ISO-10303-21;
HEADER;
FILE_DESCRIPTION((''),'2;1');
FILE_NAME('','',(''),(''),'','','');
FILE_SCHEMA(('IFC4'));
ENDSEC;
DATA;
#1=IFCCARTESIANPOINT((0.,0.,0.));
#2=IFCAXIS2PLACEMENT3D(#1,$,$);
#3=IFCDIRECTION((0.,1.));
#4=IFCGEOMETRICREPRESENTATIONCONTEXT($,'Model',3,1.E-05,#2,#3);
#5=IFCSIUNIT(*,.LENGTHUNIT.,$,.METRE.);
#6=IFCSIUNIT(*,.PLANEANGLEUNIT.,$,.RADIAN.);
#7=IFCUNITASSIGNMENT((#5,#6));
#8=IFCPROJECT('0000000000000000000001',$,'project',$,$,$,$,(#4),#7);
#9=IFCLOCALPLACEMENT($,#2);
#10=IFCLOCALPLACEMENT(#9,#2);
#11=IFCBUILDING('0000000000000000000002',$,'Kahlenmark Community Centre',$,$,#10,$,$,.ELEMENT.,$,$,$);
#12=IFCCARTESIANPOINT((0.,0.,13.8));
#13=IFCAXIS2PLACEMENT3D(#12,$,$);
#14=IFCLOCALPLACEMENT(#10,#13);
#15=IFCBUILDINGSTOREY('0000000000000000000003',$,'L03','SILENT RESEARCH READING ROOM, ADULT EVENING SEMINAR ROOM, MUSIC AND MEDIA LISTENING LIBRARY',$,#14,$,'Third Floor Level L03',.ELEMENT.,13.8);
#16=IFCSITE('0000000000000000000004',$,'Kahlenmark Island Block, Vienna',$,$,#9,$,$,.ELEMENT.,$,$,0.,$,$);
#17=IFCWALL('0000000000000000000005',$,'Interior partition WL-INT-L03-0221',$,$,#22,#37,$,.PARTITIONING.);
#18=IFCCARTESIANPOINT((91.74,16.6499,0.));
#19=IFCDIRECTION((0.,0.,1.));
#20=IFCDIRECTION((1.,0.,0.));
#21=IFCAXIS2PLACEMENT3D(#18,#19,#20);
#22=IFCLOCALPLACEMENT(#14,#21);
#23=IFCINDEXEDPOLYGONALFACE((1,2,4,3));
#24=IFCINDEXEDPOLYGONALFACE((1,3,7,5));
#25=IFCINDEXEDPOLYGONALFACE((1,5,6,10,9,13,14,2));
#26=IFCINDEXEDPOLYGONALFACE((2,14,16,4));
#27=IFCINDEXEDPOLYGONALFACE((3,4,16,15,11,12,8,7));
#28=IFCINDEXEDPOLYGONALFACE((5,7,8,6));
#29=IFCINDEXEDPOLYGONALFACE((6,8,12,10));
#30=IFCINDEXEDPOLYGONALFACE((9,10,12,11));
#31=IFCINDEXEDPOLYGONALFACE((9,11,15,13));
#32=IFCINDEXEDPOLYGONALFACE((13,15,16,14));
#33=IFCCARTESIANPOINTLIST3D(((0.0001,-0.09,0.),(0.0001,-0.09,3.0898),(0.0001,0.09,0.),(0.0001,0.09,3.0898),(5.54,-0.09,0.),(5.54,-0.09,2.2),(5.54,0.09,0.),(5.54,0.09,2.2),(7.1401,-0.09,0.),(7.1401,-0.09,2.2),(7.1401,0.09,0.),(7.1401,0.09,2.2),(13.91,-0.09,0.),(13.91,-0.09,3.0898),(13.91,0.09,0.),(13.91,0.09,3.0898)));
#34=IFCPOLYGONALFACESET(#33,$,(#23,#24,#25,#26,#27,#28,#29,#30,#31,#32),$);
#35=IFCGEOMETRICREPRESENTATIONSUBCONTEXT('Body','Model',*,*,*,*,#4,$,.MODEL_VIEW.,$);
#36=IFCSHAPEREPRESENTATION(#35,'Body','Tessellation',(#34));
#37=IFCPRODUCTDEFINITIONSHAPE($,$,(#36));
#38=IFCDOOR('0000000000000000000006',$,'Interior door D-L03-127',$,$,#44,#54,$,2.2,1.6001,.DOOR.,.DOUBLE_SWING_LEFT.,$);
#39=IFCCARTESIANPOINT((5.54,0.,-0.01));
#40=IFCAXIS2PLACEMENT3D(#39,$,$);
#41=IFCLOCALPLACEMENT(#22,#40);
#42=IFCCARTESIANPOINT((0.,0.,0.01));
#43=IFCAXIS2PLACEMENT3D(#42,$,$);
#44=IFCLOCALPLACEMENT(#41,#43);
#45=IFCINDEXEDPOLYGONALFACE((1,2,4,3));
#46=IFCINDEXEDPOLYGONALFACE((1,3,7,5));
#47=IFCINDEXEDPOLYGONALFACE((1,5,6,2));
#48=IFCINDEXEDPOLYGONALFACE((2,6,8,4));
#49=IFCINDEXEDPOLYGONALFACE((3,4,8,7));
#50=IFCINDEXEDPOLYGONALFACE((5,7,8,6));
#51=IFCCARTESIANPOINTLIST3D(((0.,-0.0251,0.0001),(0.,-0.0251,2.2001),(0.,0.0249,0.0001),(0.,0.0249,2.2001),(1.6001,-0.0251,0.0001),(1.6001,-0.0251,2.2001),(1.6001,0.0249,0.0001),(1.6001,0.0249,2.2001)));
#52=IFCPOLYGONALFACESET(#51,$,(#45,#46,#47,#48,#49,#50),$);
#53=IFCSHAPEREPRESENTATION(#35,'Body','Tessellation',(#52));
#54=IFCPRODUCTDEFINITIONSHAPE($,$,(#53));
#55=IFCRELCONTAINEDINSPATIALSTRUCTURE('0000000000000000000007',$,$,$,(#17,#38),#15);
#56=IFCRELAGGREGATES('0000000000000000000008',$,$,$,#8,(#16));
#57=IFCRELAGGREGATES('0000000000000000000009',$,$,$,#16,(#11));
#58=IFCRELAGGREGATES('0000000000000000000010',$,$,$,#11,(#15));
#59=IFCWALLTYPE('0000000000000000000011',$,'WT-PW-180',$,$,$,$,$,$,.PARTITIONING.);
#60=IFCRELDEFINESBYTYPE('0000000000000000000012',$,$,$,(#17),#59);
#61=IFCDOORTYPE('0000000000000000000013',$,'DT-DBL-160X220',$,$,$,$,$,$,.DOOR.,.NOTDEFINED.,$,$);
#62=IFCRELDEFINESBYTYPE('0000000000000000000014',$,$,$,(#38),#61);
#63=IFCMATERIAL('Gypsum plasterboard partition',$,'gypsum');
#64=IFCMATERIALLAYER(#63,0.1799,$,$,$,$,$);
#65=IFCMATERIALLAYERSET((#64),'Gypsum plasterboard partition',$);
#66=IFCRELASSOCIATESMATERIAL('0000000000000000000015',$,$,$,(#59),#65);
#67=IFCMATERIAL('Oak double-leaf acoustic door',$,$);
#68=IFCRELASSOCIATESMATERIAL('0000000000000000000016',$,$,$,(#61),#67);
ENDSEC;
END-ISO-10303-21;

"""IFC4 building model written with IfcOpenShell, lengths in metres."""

from ifc_helpers import new_model, si_unit, direction, frame, frame_2d, origin, place, context, subcontext, project, spatial, rectangle, extrude, material, layer, layer_set, type_object, element, fill, save


model = new_model("IFC4")

# Units and contexts
model_context = context("Model", 3, precision=1e-05, world=origin(), true_north=direction((0.0, 1.0)))
body_context = subcontext(model_context, "Body", "Model", "MODEL_VIEW")
ifc_project = project(units=[si_unit("LENGTHUNIT", "METRE"), si_unit("PLANEANGLEUNIT", "RADIAN")], contexts=[model_context])

# Site, building, storey
site_placement = place(None, origin())
site = spatial("IfcSite", under=ifc_project, at=site_placement, Name="Kahlenmark Island Block, Vienna", CompositionType="ELEMENT", RefElevation=0.0)
building_placement = place(site_placement, origin())
building = spatial("IfcBuilding", under=site, at=building_placement, Name="Kahlenmark Community Centre", CompositionType="ELEMENT")
storey_placement = place(building_placement, frame((0.0, 0.0, 13.8)))
storey = spatial("IfcBuildingStorey", under=building, at=storey_placement, Name="L03", Description="SILENT RESEARCH READING ROOM, ADULT EVENING SEMINAR ROOM, MUSIC AND MEDIA LISTENING LIBRARY", LongName="Third Floor Level L03", CompositionType="ELEMENT", Elevation=13.8)

# Wall, opening, door
ifc_material_1 = material(Name="Gypsum plasterboard partition", Category="gypsum")
ifc_layer_1 = layer(ifc_material_1, 0.1799)
ifc_layer_set_1 = layer_set([ifc_layer_1], Name="Gypsum plasterboard partition")
wall_type_1 = type_object("IfcWallType", Name="WT-PW-180", PredefinedType="PARTITIONING", material=ifc_layer_set_1)
wall_1_placement = place(storey_placement, frame((91.74, 16.6499, 0.0), z_axis=(0.0, 0.0, 1.0), x_axis=(1.0, 0.0, 0.0)))
wall_1 = element("IfcWall", 1, at=wall_1_placement, inside=storey, type_object=wall_type_1, Name="Interior partition WL-INT-L03-0221", PredefinedType="PARTITIONING", context=body_context, shape_type="SweptSolid", body=[
    extrude(rectangle(XDim=13.9099, YDim=0.1799, at=frame_2d((6.9551, 0.0))), origin(), (0.0, 0.0, 1.0), 3.0898),
])
opening_1_placement = place(wall_1_placement, frame((5.54, 0.0, -0.01)))
opening_1 = element("IfcOpeningElement", 2, at=opening_1_placement, cuts=wall_1, PredefinedType="OPENING", context=body_context, shape_type="SweptSolid", body=[
    extrude(rectangle(XDim=1.6001, YDim=2.21, at=frame_2d((0.8, 1.105))), frame((0.0, 0.0999, 0.0), z_axis=(0.0, -1.0, 0.0), x_axis=(1.0, 0.0, 0.0)), (0.0, 0.0, 1.0), 0.2),
])
ifc_material_2 = material(Name="Oak double-leaf acoustic door")
door_type = type_object("IfcDoorType", Name="DT-DBL-160X220", OperationType="NOTDEFINED", PredefinedType="DOOR", material=ifc_material_2)
door_placement = place(opening_1_placement, frame((0.0, 0.0, 0.01)))
door = element("IfcDoor", 3, at=door_placement, inside=storey, type_object=door_type, Name="Interior door D-L03-127", OperationType="DOUBLE_SWING_LEFT", OverallHeight=2.2, OverallWidth=1.6001, PredefinedType="DOOR", context=body_context, shape_type="SweptSolid", body=[
    extrude(rectangle(XDim=1.6001, YDim=2.2, at=frame_2d((0.8, 1.1001))), frame((0.0, 0.0249, 0.0), z_axis=(0.0, -1.0, 0.0), x_axis=(1.0, 0.0, 0.0)), (0.0, 0.0, 1.0), 0.05),
])
fill(opening_1, door)

save(model, "model.ifc")
